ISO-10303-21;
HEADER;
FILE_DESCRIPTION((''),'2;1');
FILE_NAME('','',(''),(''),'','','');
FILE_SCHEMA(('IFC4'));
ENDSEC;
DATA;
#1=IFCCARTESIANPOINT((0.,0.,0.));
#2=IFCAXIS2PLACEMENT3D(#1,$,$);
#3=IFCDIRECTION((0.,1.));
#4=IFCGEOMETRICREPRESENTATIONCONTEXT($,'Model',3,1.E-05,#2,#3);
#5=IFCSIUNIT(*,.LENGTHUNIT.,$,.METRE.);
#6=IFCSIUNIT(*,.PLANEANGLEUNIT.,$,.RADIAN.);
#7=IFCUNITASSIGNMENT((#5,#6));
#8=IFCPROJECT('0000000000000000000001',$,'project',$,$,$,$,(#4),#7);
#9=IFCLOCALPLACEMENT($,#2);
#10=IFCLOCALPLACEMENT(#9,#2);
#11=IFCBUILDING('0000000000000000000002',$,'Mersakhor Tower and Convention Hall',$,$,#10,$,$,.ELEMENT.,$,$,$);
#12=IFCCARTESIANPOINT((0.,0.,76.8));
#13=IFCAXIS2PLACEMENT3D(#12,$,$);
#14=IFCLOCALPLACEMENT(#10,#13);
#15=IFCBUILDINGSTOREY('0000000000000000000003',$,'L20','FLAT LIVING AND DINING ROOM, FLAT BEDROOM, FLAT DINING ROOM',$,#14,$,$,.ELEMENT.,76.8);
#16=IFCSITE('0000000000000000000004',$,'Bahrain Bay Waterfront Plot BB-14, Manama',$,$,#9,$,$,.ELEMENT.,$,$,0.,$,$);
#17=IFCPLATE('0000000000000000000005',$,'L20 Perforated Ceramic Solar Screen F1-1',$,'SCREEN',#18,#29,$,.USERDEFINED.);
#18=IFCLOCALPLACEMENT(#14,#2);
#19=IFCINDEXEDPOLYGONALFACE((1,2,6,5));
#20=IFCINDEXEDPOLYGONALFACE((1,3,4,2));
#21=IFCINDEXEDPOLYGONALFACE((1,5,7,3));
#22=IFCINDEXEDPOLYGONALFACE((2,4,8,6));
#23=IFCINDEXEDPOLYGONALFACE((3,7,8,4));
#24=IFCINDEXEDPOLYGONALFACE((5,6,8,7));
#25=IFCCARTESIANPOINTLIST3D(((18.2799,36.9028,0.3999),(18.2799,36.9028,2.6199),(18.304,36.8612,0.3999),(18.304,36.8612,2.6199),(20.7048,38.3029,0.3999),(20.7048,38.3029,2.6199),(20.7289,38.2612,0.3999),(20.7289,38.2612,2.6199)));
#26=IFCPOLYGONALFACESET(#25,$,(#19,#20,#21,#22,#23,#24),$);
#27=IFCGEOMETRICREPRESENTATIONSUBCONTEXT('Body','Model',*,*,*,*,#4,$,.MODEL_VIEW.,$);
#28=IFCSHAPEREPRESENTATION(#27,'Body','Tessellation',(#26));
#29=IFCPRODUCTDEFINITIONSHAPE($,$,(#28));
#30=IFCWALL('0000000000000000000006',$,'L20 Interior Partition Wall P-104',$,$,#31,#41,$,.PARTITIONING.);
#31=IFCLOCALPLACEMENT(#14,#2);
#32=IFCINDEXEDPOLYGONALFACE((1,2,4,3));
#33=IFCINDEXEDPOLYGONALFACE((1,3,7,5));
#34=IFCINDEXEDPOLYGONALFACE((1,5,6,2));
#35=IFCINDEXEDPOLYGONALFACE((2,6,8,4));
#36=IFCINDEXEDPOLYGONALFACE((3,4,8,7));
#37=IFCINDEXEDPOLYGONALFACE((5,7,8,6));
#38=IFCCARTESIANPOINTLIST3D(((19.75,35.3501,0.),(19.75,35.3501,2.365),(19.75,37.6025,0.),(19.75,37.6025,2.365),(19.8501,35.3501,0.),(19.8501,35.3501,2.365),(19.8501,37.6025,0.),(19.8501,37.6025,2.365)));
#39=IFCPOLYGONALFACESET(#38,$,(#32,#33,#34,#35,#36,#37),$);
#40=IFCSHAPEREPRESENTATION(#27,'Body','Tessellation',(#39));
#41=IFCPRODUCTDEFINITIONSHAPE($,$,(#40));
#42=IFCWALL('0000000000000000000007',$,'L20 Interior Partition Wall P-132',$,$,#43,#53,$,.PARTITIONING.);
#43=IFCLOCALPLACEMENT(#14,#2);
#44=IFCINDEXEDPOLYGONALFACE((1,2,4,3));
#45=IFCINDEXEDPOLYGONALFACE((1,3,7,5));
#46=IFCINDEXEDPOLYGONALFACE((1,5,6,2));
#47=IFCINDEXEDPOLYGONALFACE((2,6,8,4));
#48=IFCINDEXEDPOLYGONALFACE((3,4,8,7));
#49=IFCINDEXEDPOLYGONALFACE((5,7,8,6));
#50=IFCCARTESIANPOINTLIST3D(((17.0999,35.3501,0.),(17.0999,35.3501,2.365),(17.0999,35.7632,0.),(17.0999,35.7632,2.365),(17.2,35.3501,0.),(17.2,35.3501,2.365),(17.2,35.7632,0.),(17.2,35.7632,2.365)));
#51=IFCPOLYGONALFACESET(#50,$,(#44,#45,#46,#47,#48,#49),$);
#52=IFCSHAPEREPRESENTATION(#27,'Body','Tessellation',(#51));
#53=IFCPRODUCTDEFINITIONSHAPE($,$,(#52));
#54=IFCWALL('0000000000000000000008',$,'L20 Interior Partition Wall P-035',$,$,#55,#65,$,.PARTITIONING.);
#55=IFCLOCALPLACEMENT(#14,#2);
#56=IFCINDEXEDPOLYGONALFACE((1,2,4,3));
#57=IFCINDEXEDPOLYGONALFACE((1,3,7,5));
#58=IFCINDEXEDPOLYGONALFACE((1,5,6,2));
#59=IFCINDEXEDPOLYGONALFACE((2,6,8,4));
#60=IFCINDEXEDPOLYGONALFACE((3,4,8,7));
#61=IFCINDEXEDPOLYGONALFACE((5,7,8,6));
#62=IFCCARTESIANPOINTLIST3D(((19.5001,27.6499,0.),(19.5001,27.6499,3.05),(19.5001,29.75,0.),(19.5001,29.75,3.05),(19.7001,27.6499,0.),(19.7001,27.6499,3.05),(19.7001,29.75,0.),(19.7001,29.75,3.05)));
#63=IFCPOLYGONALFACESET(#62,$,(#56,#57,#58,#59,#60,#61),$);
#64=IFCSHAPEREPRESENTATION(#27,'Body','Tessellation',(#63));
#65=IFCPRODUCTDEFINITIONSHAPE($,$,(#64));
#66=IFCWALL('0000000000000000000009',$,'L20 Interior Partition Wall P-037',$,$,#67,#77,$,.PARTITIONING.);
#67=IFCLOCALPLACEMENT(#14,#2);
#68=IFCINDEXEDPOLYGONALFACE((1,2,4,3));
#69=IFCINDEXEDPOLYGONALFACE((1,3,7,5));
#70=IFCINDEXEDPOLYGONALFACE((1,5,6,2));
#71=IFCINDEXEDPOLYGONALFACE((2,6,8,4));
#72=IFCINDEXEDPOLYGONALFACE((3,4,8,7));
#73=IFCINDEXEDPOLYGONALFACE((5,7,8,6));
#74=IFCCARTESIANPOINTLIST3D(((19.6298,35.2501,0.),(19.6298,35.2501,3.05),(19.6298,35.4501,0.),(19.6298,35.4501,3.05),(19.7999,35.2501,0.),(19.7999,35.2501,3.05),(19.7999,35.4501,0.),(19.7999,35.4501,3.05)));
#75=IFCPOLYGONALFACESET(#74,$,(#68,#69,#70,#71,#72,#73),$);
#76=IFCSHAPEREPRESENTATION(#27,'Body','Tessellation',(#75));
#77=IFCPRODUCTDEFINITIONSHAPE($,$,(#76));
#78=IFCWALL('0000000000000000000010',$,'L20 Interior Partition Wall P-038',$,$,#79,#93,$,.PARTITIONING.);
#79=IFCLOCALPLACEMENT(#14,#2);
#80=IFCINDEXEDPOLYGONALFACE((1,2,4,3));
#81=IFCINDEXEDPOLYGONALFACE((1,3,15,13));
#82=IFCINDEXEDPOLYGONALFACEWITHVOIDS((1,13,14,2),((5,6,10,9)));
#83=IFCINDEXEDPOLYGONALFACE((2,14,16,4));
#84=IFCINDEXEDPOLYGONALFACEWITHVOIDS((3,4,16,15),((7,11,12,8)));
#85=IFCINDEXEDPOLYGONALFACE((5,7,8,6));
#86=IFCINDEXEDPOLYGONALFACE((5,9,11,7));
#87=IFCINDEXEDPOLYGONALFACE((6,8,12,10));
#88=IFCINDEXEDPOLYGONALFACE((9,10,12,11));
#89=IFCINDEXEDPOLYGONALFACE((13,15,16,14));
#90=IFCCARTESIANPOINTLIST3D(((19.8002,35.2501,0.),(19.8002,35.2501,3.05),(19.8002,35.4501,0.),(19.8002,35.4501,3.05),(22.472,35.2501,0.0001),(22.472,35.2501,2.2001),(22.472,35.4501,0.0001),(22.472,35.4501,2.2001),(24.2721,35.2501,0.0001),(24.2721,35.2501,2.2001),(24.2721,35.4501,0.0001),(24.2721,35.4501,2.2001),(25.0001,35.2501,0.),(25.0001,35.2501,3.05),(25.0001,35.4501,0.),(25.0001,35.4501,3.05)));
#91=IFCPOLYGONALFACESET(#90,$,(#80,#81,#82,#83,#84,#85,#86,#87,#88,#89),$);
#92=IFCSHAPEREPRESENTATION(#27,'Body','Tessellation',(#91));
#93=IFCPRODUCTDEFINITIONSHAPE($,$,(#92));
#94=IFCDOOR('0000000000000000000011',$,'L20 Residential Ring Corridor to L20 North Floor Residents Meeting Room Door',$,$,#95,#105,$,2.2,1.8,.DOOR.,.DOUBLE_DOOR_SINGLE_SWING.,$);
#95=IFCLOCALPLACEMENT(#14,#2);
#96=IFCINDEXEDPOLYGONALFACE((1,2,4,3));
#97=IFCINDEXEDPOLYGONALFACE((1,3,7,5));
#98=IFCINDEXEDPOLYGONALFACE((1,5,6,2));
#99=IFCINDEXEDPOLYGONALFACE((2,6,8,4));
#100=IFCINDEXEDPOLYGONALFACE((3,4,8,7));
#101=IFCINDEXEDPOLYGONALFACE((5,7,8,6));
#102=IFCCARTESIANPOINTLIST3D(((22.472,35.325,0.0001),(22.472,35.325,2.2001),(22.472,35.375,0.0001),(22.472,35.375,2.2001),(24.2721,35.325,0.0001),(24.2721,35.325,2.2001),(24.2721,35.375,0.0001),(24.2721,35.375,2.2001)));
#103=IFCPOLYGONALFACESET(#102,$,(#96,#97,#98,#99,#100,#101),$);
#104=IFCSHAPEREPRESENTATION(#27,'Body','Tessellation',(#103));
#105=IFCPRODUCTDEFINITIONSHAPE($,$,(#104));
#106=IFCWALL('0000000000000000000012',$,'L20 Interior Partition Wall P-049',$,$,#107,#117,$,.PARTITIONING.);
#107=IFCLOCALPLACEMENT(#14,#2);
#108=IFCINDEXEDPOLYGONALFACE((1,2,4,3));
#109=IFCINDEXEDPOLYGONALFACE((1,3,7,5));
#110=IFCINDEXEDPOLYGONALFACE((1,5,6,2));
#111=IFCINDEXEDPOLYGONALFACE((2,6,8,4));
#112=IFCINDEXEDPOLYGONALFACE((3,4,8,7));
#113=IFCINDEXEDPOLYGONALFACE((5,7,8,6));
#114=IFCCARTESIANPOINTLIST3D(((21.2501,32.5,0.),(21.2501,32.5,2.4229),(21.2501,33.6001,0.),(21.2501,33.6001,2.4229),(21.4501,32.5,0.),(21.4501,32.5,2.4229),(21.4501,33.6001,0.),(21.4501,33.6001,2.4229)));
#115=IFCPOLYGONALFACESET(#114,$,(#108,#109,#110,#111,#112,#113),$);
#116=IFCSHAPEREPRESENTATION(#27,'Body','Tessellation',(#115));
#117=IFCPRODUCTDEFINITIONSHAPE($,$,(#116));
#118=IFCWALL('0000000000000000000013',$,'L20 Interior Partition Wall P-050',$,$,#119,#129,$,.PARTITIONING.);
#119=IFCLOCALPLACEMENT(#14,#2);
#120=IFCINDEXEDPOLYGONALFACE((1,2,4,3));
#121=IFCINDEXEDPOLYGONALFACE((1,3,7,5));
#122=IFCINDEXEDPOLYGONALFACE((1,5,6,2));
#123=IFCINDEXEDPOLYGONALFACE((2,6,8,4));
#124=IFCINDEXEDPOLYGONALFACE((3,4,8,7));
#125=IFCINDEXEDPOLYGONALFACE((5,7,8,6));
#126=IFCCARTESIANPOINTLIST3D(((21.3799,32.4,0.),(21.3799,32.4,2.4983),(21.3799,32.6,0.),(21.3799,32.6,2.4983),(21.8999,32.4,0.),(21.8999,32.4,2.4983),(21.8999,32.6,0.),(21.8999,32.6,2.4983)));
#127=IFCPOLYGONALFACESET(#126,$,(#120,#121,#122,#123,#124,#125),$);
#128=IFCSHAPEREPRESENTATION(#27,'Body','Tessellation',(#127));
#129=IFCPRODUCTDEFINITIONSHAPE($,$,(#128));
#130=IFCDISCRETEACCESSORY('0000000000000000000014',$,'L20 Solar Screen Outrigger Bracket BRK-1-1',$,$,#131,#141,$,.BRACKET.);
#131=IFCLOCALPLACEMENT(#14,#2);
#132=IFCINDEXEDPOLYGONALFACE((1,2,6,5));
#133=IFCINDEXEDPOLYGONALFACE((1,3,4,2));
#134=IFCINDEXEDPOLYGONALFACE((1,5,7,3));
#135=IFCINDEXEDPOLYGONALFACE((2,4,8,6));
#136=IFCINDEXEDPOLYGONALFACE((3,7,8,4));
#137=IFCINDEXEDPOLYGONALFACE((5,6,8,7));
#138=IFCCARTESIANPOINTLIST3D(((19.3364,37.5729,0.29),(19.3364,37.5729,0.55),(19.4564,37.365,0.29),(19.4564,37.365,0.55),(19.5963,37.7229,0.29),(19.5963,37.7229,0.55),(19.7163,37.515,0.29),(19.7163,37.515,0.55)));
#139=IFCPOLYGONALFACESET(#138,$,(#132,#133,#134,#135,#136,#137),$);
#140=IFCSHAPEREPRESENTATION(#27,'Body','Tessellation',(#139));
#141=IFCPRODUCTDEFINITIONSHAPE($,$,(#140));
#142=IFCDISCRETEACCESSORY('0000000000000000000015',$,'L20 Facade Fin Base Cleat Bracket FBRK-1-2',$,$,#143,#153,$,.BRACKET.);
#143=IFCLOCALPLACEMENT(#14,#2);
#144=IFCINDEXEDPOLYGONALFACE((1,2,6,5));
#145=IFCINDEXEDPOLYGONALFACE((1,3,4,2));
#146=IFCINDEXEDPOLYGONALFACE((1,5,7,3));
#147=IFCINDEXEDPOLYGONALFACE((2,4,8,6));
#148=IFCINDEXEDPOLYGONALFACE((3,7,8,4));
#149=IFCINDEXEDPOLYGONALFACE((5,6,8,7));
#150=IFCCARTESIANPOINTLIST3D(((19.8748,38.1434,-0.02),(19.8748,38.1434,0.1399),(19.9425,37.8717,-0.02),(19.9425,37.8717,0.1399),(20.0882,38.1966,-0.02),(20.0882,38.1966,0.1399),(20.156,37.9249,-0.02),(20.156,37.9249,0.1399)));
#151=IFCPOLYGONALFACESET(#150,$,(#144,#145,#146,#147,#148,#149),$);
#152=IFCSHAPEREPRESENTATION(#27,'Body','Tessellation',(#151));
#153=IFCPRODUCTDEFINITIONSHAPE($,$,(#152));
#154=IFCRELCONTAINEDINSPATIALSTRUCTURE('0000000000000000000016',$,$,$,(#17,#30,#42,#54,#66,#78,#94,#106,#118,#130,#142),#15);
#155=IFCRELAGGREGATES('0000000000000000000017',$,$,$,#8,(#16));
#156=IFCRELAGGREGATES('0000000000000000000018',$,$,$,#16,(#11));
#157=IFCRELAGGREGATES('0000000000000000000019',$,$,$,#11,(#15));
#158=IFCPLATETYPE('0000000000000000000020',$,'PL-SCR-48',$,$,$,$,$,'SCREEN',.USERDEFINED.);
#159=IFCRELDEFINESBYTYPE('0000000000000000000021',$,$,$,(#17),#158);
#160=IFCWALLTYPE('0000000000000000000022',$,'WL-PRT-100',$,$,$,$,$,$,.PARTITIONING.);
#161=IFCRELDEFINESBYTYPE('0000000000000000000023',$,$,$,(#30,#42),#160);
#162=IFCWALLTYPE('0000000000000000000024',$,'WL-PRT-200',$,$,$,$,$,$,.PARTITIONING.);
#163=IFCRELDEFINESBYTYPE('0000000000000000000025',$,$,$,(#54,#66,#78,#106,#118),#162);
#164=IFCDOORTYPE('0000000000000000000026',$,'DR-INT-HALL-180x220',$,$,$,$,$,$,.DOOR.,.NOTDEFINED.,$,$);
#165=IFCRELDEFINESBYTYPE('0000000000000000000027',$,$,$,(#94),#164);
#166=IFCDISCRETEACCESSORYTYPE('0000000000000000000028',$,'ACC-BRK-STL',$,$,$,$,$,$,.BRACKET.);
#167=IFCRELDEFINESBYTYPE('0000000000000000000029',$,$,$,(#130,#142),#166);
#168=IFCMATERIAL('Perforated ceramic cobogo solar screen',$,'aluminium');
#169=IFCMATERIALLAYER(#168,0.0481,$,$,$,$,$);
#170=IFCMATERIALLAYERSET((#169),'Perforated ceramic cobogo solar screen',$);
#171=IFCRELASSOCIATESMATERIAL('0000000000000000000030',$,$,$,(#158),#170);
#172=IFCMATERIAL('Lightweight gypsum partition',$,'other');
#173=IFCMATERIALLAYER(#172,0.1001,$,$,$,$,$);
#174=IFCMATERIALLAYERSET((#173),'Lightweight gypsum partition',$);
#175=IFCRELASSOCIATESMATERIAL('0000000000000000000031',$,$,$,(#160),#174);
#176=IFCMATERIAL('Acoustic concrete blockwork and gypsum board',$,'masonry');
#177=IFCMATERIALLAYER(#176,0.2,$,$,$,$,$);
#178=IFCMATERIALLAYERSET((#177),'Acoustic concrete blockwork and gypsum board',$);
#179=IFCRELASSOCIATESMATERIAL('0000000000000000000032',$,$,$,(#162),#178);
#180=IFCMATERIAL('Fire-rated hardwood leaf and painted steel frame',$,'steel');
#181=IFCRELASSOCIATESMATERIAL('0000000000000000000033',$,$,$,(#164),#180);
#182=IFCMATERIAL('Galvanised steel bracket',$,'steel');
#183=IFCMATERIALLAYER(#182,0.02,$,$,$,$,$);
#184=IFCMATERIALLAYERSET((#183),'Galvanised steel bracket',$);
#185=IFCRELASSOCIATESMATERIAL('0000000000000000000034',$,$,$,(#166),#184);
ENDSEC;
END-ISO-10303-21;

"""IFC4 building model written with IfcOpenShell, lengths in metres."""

from ifc_helpers import new_model, si_unit, direction, frame, frame_2d, origin, origin_2d, place, context, subcontext, project, spatial, rectangle, extrude, material, layer, layer_set, type_object, element, fill, save


model = new_model("IFC4")

# Units and contexts
model_context = context("Model", 3, precision=1e-05, world=origin(), true_north=direction((0.0, 1.0)))
body_context = subcontext(model_context, "Body", "Model", "MODEL_VIEW")
ifc_project = project(units=[si_unit("LENGTHUNIT", "METRE"), si_unit("PLANEANGLEUNIT", "RADIAN")], contexts=[model_context])

# Site, building, storey
site_placement = place(None, origin())
site = spatial("IfcSite", under=ifc_project, at=site_placement, Name="Bahrain Bay Waterfront Plot BB-14, Manama", CompositionType="ELEMENT", RefElevation=0.0)
building_placement = place(site_placement, origin())
building = spatial("IfcBuilding", under=site, at=building_placement, Name="Mersakhor Tower and Convention Hall", CompositionType="ELEMENT")
storey_placement = place(building_placement, frame((0.0, 0.0, 76.8)))
storey = spatial("IfcBuildingStorey", under=building, at=storey_placement, Name="L20", Description="FLAT LIVING AND DINING ROOM, FLAT BEDROOM, FLAT DINING ROOM", CompositionType="ELEMENT", Elevation=76.8)

# Plate
ifc_material_1 = material(Name="Perforated ceramic cobogo solar screen", Category="aluminium")
ifc_layer_1 = layer(ifc_material_1, 0.0481)
ifc_layer_set_1 = layer_set([ifc_layer_1], Name="Perforated ceramic cobogo solar screen")
plate_type_1 = type_object("IfcPlateType", Name="PL-SCR-48", ElementType="SCREEN", PredefinedType="USERDEFINED", material=ifc_layer_set_1)
plate_1_placement = place(storey_placement, frame((19.5044, 37.582, 0.3999), z_axis=(0.0, 0.0, 1.0), x_axis=(0.866025, 0.5, 0.0)))
element("IfcPlate", 1, at=plate_1_placement, inside=storey, type_object=plate_type_1, Name="L20 Perforated Ceramic Solar Screen F1-1", ObjectType="SCREEN", PredefinedType="USERDEFINED", context=body_context, shape_type="SweptSolid", body=[
    extrude(rectangle(XDim=2.8, YDim=0.0481, at=origin_2d()), origin(), (0.0, 0.0, 1.0), 2.22),
])

# Walls
ifc_material_2 = material(Name="Lightweight gypsum partition", Category="other")
ifc_layer_2 = layer(ifc_material_2, 0.1001)
ifc_layer_set_2 = layer_set([ifc_layer_2], Name="Lightweight gypsum partition")
wall_type_1 = type_object("IfcWallType", Name="WL-PRT-100", PredefinedType="PARTITIONING", material=ifc_layer_set_2)
wall_1_placement = place(storey_placement, frame((19.8, 35.3501, 0.0), z_axis=(0.0, 0.0, 1.0), x_axis=(0.0, 1.0, 0.0)))
element("IfcWall", 2, at=wall_1_placement, inside=storey, type_object=wall_type_1, Name="L20 Interior Partition Wall P-104", PredefinedType="PARTITIONING", context=body_context, shape_type="SweptSolid", body=[
    extrude(rectangle(XDim=2.2524, YDim=0.1001, at=frame_2d((1.1262, 0.0))), origin(), (0.0, 0.0, 1.0), 2.365),
])
wall_2_placement = place(storey_placement, frame((17.1499, 35.7632, 0.0), z_axis=(0.0, 0.0, 1.0), x_axis=(0.0, -1.0, 0.0)))
element("IfcWall", 3, at=wall_2_placement, inside=storey, type_object=wall_type_1, Name="L20 Interior Partition Wall P-132", PredefinedType="PARTITIONING", context=body_context, shape_type="SweptSolid", body=[
    extrude(rectangle(XDim=0.4131, YDim=0.1001, at=frame_2d((0.2065, 0.0))), origin(), (0.0, 0.0, 1.0), 2.365),
])
ifc_material_3 = material(Name="Acoustic concrete blockwork and gypsum board", Category="masonry")
ifc_layer_3 = layer(ifc_material_3, 0.2)
ifc_layer_set_3 = layer_set([ifc_layer_3], Name="Acoustic concrete blockwork and gypsum board")
wall_type_2 = type_object("IfcWallType", Name="WL-PRT-200", PredefinedType="PARTITIONING", material=ifc_layer_set_3)
wall_3_placement = place(storey_placement, frame((19.6001, 27.6499, 0.0), z_axis=(0.0, 0.0, 1.0), x_axis=(0.0, 1.0, 0.0)))
element("IfcWall", 4, at=wall_3_placement, inside=storey, type_object=wall_type_2, Name="L20 Interior Partition Wall P-035", PredefinedType="PARTITIONING", context=body_context, shape_type="SweptSolid", body=[
    extrude(rectangle(XDim=2.1001, YDim=0.2, at=frame_2d((1.05, 0.0))), origin(), (0.0, 0.0, 1.0), 3.05),
])

# Wall
wall_4_placement = place(storey_placement, frame((19.6299, 35.3501, 0.0), z_axis=(0.0, 0.0, 1.0), x_axis=(1.0, 0.0, 0.0)))
element("IfcWall", 5, at=wall_4_placement, inside=storey, type_object=wall_type_2, Name="L20 Interior Partition Wall P-037", PredefinedType="PARTITIONING", context=body_context, shape_type="SweptSolid", body=[
    extrude(rectangle(XDim=0.1702, YDim=0.2, at=frame_2d((0.085, 0.0))), origin(), (0.0, 0.0, 1.0), 3.05),
])

# Wall, opening, door
wall_5_placement = place(storey_placement, frame((19.8, 35.3501, 0.0), z_axis=(0.0, 0.0, 1.0), x_axis=(1.0, 0.0, 0.0)))
wall_5 = element("IfcWall", 6, at=wall_5_placement, inside=storey, type_object=wall_type_2, Name="L20 Interior Partition Wall P-038", PredefinedType="PARTITIONING", context=body_context, shape_type="SweptSolid", body=[
    extrude(rectangle(XDim=5.2, YDim=0.2, at=frame_2d((2.6001, 0.0))), origin(), (0.0, 0.0, 1.0), 3.05),
])
opening_1_placement = place(wall_5_placement, frame((2.6721, 0.0, 0.0)))
opening_1 = element("IfcOpeningElement", 7, at=opening_1_placement, cuts=wall_5, PredefinedType="OPENING", context=body_context, shape_type="SweptSolid", body=[
    extrude(rectangle(XDim=1.8, YDim=2.2, at=frame_2d((0.8999, 1.1001))), frame((0.0, 0.1099, 0.0), z_axis=(0.0, -1.0, 0.0), x_axis=(1.0, 0.0, 0.0)), (0.0, 0.0, 1.0), 0.22),
])
ifc_material_4 = material(Name="Fire-rated hardwood leaf and painted steel frame", Category="steel")
door_type_1 = type_object("IfcDoorType", Name="DR-INT-HALL-180x220", OperationType="NOTDEFINED", PredefinedType="DOOR", material=ifc_material_4)
door_1_placement = place(opening_1_placement, origin())
door_1 = element("IfcDoor", 8, at=door_1_placement, inside=storey, type_object=door_type_1, Name="L20 Residential Ring Corridor to L20 North Floor Residents Meeting Room Door", OperationType="DOUBLE_DOOR_SINGLE_SWING", OverallHeight=2.2, OverallWidth=1.8, PredefinedType="DOOR", context=body_context, shape_type="SweptSolid", body=[
    extrude(rectangle(XDim=1.8, YDim=2.2, at=frame_2d((0.8999, 1.1001))), frame((0.0, 0.0249, 0.0), z_axis=(0.0, -1.0, 0.0), x_axis=(1.0, 0.0, 0.0)), (0.0, 0.0, 1.0), 0.05),
])
fill(opening_1, door_1)

# Walls
wall_6_placement = place(storey_placement, frame((21.3501, 33.6001, 0.0), z_axis=(0.0, 0.0, 1.0), x_axis=(0.0, -1.0, 0.0)))
element("IfcWall", 9, at=wall_6_placement, inside=storey, type_object=wall_type_2, Name="L20 Interior Partition Wall P-049", PredefinedType="PARTITIONING", context=body_context, shape_type="SweptSolid", body=[
    extrude(rectangle(XDim=1.1001, YDim=0.2, at=frame_2d((0.55, 0.0))), origin(), (0.0, 0.0, 1.0), 2.4229),
])
wall_7_placement = place(storey_placement, frame((21.3799, 32.5, 0.0), z_axis=(0.0, 0.0, 1.0), x_axis=(1.0, 0.0, 0.0)))
element("IfcWall", 10, at=wall_7_placement, inside=storey, type_object=wall_type_2, Name="L20 Interior Partition Wall P-050", PredefinedType="PARTITIONING", context=body_context, shape_type="SweptSolid", body=[
    extrude(rectangle(XDim=0.52, YDim=0.2, at=frame_2d((0.26, 0.0))), origin(), (0.0, 0.0, 1.0), 2.4983),
])

# Discrete accessories
ifc_material_5 = material(Name="Galvanised steel bracket", Category="steel")
ifc_layer_4 = layer(ifc_material_5, 0.02)
ifc_layer_set_4 = layer_set([ifc_layer_4], Name="Galvanised steel bracket")
discrete_accessory_type = type_object("IfcDiscreteAccessoryType", Name="ACC-BRK-STL", PredefinedType="BRACKET", material=ifc_layer_set_4)
discrete_accessory_1_placement = place(storey_placement, frame((19.5264, 37.5439, 0.29), z_axis=(0.0, 0.0, 1.0), x_axis=(0.866025, 0.5, 0.0)))
element("IfcDiscreteAccessory", 11, at=discrete_accessory_1_placement, inside=storey, type_object=discrete_accessory_type, Name="L20 Solar Screen Outrigger Bracket BRK-1-1", PredefinedType="BRACKET", context=body_context, shape_type="SweptSolid", body=[
    extrude(rectangle(XDim=0.3, YDim=0.24, at=origin_2d()), origin(), (0.0, 0.0, 1.0), 0.26),
])
discrete_accessory_2_placement = place(storey_placement, frame((20.0154, 38.0342, -0.02), z_axis=(0.0, 0.0, 1.0), x_axis=(-0.241922, 0.970296, 0.0)))
element("IfcDiscreteAccessory", 12, at=discrete_accessory_2_placement, inside=storey, type_object=discrete_accessory_type, Name="L20 Facade Fin Base Cleat Bracket FBRK-1-2", PredefinedType="BRACKET", context=body_context, shape_type="SweptSolid", body=[
    extrude(rectangle(XDim=0.28, YDim=0.22, at=origin_2d()), origin(), (0.0, 0.0, 1.0), 0.1599),
])

save(model, "model.ifc")
